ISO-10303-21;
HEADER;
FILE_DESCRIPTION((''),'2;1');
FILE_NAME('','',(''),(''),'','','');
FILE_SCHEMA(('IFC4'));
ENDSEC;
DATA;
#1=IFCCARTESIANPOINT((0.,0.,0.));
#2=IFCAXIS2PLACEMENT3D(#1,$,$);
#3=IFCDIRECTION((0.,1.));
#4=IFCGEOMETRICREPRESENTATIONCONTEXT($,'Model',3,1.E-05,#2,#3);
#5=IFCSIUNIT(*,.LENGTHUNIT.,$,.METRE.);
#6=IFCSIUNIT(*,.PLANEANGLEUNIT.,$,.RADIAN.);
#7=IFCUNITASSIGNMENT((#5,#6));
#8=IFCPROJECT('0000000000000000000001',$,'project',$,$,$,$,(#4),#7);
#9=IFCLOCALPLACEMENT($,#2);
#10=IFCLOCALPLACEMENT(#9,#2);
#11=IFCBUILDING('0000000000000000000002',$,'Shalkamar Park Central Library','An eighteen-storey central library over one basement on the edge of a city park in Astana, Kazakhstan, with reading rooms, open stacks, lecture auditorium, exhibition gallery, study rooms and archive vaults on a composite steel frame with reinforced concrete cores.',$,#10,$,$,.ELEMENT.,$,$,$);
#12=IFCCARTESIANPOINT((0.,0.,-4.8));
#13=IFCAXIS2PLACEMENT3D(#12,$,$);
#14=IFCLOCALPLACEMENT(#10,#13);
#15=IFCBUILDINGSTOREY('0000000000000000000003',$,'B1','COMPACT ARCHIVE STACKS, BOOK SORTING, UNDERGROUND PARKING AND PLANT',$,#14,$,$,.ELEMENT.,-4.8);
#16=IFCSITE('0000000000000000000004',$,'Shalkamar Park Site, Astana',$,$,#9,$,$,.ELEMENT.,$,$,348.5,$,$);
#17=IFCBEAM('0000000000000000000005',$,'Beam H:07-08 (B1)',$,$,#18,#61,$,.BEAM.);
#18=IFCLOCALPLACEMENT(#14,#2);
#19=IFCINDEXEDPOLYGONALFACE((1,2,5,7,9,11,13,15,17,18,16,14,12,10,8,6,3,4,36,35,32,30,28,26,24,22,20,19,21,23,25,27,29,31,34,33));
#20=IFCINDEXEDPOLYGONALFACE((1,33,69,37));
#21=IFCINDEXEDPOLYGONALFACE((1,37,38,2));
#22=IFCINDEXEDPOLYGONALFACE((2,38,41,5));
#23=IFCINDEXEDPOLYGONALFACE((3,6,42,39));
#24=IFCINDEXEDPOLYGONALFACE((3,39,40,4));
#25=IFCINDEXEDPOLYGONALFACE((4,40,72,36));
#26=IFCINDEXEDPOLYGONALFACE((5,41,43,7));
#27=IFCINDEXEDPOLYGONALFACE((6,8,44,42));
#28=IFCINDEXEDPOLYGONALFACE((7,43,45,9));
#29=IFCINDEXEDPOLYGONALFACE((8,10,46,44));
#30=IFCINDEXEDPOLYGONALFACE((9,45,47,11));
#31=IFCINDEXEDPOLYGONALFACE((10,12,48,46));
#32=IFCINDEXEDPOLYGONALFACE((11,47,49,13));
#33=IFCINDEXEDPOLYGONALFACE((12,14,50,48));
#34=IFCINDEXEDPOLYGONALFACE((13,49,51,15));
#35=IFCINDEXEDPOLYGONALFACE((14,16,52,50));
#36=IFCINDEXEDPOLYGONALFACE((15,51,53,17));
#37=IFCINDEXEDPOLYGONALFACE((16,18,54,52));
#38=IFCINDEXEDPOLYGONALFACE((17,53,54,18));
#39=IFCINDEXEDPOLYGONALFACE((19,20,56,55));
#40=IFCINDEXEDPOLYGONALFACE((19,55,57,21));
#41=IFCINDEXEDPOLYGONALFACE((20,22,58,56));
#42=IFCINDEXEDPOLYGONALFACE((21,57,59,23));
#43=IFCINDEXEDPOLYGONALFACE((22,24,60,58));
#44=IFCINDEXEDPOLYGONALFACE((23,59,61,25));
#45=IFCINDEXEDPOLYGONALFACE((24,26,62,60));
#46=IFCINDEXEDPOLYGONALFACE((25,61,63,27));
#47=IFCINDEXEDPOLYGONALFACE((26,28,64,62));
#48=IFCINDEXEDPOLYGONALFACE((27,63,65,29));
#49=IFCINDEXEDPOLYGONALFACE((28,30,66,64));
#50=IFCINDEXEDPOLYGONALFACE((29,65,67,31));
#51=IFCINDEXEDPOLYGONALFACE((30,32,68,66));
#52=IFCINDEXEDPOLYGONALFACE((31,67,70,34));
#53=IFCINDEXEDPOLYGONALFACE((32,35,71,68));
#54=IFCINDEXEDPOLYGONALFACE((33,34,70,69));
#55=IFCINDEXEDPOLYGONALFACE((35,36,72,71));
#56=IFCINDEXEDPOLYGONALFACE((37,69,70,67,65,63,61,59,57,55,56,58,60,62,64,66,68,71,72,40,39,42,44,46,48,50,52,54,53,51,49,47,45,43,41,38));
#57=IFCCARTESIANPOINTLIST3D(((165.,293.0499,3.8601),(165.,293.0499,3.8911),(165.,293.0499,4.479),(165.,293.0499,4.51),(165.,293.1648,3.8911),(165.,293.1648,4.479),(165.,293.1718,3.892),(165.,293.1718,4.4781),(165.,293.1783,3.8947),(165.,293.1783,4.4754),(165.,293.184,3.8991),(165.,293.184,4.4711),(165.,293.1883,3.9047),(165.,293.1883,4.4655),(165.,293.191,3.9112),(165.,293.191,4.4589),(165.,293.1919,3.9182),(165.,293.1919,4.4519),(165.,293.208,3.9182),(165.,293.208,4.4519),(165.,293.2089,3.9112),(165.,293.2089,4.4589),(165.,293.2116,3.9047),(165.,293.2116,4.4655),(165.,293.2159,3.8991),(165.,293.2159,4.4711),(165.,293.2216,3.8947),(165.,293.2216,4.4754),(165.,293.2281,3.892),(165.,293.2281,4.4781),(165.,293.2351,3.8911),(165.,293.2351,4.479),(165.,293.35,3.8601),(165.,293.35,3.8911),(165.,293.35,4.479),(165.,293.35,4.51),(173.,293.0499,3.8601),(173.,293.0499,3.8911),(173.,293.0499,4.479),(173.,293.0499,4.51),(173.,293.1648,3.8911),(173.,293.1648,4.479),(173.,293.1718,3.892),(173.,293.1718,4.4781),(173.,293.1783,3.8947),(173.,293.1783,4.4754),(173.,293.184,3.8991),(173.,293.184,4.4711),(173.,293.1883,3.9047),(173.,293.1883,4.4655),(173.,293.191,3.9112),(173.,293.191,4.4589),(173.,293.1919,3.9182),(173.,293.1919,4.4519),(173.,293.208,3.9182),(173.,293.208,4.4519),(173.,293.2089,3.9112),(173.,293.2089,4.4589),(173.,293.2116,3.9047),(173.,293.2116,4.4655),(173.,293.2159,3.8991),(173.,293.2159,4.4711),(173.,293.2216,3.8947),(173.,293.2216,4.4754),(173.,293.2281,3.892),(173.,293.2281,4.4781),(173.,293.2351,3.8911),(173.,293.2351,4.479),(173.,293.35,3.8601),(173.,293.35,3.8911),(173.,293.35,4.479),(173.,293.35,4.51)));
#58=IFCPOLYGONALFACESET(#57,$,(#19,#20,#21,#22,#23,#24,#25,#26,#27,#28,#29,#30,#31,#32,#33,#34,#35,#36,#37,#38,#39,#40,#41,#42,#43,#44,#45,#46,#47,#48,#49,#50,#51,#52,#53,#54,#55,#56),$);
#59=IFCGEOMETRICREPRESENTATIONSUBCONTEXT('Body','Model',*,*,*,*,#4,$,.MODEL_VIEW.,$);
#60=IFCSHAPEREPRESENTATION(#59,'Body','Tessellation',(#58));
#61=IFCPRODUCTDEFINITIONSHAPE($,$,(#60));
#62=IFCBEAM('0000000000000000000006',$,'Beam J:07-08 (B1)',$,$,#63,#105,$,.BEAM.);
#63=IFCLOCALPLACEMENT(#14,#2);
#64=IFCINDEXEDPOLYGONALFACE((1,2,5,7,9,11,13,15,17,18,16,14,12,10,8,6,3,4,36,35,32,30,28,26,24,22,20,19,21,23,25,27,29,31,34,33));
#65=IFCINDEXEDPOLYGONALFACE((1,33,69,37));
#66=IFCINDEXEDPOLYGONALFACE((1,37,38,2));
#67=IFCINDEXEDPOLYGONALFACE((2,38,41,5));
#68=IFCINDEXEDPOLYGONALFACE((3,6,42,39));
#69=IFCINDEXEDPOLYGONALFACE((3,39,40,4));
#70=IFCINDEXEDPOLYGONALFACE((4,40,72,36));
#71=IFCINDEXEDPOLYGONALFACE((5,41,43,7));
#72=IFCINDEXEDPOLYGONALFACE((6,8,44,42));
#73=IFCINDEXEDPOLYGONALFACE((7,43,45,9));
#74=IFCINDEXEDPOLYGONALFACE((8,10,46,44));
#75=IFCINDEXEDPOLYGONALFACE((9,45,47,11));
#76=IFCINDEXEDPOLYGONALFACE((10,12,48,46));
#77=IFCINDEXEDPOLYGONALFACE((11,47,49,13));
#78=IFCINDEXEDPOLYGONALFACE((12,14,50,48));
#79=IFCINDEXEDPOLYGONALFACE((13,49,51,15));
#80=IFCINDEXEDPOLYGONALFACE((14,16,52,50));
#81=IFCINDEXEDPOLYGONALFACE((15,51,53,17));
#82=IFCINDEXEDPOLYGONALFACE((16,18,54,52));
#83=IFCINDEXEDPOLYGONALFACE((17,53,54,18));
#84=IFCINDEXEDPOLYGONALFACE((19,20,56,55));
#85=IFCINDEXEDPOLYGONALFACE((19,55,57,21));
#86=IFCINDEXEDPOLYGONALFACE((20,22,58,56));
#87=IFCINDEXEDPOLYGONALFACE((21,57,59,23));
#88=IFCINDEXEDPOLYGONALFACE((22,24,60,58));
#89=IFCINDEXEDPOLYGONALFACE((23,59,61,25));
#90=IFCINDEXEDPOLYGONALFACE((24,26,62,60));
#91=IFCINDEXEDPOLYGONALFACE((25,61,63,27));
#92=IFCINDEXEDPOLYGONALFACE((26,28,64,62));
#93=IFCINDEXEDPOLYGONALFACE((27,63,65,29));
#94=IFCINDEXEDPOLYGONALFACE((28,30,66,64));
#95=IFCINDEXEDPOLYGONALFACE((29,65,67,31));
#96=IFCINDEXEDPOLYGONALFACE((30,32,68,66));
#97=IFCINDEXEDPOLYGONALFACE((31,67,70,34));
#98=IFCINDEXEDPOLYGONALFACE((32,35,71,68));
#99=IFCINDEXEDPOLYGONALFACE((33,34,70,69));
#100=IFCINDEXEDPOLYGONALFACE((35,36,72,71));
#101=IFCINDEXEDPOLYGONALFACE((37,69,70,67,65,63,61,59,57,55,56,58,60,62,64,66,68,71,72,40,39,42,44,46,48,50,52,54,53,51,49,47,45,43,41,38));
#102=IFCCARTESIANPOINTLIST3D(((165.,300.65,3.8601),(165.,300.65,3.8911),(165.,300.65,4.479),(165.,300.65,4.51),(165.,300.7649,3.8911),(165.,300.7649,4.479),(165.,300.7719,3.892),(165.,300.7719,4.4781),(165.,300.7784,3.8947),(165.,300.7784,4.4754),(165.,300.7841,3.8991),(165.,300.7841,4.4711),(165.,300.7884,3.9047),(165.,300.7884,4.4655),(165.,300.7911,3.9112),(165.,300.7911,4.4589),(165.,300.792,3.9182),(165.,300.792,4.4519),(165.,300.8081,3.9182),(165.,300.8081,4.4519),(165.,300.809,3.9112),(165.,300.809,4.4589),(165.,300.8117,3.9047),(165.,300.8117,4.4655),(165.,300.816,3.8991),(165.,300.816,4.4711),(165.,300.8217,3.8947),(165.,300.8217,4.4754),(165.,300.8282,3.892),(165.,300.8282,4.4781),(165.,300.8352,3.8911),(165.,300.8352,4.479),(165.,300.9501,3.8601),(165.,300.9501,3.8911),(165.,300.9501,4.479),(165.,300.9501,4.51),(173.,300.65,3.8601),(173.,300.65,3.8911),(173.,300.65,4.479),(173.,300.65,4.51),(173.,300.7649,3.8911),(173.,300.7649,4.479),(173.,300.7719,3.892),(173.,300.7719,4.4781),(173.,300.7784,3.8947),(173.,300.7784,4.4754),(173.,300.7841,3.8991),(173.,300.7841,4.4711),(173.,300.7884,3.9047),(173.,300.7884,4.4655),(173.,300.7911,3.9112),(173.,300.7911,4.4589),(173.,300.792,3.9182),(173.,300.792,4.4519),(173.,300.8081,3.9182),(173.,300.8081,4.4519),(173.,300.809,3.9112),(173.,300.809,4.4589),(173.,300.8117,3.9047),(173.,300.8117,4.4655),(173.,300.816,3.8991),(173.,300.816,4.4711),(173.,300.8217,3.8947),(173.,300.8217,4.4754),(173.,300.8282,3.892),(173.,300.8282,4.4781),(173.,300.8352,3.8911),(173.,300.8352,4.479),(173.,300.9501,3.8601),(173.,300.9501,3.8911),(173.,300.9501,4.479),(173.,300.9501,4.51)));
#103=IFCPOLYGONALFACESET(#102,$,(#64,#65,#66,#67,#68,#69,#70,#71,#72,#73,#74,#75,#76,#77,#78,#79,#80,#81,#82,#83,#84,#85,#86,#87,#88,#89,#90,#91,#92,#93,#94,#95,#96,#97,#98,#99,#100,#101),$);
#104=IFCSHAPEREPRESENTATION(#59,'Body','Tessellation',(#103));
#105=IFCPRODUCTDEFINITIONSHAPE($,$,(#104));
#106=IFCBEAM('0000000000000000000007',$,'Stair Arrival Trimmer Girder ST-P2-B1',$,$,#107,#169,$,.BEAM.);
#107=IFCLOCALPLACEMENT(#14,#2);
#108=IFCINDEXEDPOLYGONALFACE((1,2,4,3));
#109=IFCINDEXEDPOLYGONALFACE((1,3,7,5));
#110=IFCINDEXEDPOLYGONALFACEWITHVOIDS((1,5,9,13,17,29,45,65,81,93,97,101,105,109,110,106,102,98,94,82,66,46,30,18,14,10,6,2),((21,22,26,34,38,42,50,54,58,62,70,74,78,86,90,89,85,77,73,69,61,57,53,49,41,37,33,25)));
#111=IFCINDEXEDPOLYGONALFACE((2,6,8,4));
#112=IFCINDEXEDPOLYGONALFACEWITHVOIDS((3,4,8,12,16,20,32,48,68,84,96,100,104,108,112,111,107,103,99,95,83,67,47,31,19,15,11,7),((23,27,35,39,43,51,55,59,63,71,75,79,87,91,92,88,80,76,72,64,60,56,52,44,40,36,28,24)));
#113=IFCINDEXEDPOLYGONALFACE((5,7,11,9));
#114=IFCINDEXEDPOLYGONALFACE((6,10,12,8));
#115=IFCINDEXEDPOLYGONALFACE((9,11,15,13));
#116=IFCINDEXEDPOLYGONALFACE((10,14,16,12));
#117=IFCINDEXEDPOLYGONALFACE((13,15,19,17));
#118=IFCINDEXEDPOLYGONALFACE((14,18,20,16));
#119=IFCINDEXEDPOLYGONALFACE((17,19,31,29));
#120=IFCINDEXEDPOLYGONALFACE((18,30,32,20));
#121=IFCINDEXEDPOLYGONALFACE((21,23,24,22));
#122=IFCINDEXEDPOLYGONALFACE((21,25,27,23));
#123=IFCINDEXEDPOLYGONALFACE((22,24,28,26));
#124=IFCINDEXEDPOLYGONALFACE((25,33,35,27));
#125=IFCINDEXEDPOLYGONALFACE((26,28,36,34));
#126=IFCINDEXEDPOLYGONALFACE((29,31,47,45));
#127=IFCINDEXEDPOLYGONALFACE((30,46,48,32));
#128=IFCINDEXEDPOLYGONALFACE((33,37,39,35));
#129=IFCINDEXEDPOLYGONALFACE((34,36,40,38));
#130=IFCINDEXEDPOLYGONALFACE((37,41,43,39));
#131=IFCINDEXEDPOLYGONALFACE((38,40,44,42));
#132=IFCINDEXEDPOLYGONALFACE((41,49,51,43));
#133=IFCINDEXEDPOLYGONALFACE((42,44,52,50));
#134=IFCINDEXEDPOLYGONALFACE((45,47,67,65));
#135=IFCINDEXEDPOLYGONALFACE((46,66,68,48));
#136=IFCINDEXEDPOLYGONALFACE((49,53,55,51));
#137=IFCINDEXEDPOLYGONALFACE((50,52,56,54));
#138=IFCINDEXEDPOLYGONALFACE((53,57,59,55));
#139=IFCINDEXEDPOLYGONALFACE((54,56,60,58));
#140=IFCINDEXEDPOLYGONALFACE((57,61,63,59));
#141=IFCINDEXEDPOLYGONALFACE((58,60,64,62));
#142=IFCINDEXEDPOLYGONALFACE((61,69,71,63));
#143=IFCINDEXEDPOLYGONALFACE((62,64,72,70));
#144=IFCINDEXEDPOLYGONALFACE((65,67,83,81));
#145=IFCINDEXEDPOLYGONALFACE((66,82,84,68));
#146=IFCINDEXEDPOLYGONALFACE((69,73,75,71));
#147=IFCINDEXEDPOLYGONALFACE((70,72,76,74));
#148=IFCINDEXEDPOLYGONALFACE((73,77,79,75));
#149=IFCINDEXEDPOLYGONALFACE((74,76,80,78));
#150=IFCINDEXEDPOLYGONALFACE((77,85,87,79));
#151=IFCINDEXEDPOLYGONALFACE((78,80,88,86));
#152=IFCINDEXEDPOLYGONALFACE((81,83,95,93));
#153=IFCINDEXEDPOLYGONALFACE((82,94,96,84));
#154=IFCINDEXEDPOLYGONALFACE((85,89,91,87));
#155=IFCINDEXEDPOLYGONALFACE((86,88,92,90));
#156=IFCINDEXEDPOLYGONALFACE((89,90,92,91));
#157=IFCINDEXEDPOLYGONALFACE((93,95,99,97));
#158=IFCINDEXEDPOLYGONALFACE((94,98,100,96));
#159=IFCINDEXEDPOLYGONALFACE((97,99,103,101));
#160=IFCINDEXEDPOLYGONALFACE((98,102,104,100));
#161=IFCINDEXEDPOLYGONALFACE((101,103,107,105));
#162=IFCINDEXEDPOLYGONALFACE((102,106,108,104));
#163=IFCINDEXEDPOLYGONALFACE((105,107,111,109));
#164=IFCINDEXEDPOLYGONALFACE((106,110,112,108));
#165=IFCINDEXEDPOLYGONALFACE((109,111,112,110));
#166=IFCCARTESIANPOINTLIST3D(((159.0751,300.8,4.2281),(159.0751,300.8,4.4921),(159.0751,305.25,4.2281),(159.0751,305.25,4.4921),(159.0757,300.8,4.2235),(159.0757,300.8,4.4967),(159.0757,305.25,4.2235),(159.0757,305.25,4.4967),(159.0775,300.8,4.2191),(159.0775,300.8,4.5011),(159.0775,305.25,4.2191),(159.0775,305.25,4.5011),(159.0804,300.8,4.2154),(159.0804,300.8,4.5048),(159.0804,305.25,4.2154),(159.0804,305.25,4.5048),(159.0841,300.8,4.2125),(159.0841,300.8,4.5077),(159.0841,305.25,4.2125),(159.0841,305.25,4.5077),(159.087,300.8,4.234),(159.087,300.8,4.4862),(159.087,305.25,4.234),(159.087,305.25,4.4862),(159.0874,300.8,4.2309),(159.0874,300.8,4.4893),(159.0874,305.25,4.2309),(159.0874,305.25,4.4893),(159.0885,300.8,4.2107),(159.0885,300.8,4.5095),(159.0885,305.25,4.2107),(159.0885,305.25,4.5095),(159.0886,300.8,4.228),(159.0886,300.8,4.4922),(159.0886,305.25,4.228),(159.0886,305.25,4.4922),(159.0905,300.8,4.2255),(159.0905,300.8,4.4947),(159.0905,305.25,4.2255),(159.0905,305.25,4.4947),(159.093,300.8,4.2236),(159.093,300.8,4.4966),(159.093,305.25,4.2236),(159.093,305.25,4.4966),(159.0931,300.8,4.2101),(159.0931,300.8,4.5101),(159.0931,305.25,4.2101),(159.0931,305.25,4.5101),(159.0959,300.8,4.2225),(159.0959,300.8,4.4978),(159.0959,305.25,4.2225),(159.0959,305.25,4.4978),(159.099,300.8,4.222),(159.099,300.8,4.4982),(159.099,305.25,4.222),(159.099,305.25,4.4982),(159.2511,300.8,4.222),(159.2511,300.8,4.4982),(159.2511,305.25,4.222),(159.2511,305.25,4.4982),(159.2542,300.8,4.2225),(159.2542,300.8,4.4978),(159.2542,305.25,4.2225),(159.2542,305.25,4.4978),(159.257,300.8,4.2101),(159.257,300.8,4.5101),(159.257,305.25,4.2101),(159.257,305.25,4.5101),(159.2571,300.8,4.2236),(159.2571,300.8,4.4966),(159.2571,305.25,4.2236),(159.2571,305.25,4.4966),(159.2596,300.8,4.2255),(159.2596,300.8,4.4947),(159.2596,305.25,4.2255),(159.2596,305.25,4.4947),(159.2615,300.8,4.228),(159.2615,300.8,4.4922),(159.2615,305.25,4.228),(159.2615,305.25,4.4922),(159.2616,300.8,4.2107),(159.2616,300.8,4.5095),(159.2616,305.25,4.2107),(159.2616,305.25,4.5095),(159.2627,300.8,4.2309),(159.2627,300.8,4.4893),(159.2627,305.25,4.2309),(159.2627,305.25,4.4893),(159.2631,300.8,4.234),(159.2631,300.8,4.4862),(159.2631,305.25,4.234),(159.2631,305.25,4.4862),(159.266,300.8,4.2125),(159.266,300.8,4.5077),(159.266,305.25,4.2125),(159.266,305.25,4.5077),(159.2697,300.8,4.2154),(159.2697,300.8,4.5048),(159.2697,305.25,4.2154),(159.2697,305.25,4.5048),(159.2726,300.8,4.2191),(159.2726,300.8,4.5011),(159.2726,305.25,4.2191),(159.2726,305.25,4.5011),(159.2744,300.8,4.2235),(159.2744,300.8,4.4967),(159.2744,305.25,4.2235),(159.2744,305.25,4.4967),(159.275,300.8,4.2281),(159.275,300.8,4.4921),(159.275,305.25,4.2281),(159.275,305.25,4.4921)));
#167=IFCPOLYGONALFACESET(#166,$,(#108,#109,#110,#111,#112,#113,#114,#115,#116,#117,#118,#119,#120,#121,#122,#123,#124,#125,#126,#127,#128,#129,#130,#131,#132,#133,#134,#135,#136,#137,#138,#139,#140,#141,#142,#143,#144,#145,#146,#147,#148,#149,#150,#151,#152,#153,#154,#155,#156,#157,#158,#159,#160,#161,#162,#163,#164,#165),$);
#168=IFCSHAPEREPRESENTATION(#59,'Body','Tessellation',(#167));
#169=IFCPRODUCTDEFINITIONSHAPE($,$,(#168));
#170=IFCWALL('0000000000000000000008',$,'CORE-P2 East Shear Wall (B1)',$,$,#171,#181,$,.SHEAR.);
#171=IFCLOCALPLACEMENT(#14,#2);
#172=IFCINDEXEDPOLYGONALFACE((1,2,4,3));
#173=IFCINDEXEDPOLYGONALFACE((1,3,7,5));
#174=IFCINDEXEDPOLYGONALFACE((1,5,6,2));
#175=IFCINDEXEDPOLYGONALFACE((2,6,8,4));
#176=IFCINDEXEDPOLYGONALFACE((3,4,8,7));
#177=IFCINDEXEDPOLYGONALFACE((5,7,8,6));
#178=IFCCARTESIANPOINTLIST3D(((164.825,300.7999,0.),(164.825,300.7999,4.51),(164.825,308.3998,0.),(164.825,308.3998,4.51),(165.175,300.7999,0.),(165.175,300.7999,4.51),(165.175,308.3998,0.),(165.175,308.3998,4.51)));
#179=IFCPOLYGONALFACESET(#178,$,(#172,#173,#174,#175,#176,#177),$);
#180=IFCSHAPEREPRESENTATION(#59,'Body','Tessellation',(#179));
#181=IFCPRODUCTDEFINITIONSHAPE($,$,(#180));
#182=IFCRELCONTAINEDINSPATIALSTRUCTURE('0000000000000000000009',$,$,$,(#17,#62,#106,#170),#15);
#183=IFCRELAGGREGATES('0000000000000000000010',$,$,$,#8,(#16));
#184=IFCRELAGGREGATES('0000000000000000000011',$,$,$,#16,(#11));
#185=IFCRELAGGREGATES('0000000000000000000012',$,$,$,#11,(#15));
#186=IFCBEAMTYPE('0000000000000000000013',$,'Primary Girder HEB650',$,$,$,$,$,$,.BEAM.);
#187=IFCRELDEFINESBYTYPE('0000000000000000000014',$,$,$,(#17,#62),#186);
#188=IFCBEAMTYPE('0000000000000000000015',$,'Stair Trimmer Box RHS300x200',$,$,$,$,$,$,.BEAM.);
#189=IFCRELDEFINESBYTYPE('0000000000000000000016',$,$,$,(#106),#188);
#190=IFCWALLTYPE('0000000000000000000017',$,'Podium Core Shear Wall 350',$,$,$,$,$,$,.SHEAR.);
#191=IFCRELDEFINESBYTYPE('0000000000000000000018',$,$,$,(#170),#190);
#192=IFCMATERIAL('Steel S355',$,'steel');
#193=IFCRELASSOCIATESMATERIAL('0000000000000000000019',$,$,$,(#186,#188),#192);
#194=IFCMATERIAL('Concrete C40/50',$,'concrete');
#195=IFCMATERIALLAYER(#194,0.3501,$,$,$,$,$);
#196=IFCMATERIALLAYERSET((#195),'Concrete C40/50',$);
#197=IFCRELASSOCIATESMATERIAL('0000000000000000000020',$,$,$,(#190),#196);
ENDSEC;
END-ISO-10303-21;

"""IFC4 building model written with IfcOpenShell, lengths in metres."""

from ifc_helpers import new_model, si_unit, direction, frame, frame_2d, origin, origin_2d, place, context, subcontext, project, spatial, rectangle, hollow_rectangle, i_section, extrude, material, layer, layer_set, material_profile, profile_set, type_object, element, save


model = new_model("IFC4")

# Units and contexts
model_context = context("Model", 3, precision=1e-05, world=origin(), true_north=direction((0.0, 1.0)))
body_context = subcontext(model_context, "Body", "Model", "MODEL_VIEW")
ifc_project = project(units=[si_unit("LENGTHUNIT", "METRE"), si_unit("PLANEANGLEUNIT", "RADIAN")], contexts=[model_context])

# Site, building, storey
site_placement = place(None, origin())
site = spatial("IfcSite", under=ifc_project, at=site_placement, Name="Shalkamar Park Site, Astana", CompositionType="ELEMENT", RefElevation=348.5)
building_placement = place(site_placement, origin())
building = spatial("IfcBuilding", under=site, at=building_placement, Name="Shalkamar Park Central Library", Description="An eighteen-storey central library over one basement on the edge of a city park in Astana, Kazakhstan, with reading rooms, open stacks, lecture auditorium, exhibition gallery, study rooms and archive vaults on a composite steel frame with reinforced concrete cores.", CompositionType="ELEMENT")
storey_placement = place(building_placement, frame((0.0, 0.0, -4.8)))
storey = spatial("IfcBuildingStorey", under=building, at=storey_placement, Name="B1", Description="COMPACT ARCHIVE STACKS, BOOK SORTING, UNDERGROUND PARKING AND PLANT", CompositionType="ELEMENT", Elevation=-4.8)

# Shared definitions
ifc_material_1 = material(Name="Concrete C40/50", Category="concrete")
ifc_material_2 = material(Name="Steel S355", Category="steel")

# Beams
ifc_material_profile_1 = material_profile(ifc_material_2, i_section(OverallWidth=0.3, OverallDepth=0.6499, WebThickness=0.0161, FlangeThickness=0.031, FilletRadius=0.0271, at=origin_2d()), Name="HEB 650")
ifc_profile_set_1 = profile_set([ifc_material_profile_1], Name="Steel S355")
beam_type_1 = type_object("IfcBeamType", Name="Primary Girder HEB650", PredefinedType="BEAM", material=ifc_profile_set_1)
for number, where, z_axis, x_axis, name in (
    (1, (165.0, 293.2, 4.1851), (1.0, 0.0, 0.0), (0.0, 1.0, 0.0), "Beam H:07-08 (B1)"),
    (2, (165.0, 300.8, 4.1851), (1.0, 0.0, 0.0), (0.0, 1.0, 0.0), "Beam J:07-08 (B1)"),
):
    element("IfcBeam", number, at=place(storey_placement, frame(where, z_axis=z_axis, x_axis=x_axis)), inside=storey, type_object=beam_type_1, Name=name, PredefinedType="BEAM", context=body_context, shape_type="SweptSolid", body=[
        extrude(i_section(OverallWidth=0.3, OverallDepth=0.6499, WebThickness=0.0161, FlangeThickness=0.031, FilletRadius=0.0271, at=origin_2d()), origin(), (0.0, 0.0, 1.0), 8.0),
    ])
ifc_material_profile_2 = material_profile(ifc_material_2, hollow_rectangle(XDim=0.2, YDim=0.3, WallThickness=0.012, InnerFilletRadius=0.012, OuterFilletRadius=0.0181, at=origin_2d()), Name="RHS 300x200x12")
ifc_profile_set_2 = profile_set([ifc_material_profile_2], Name="Steel S355")
beam_type_2 = type_object("IfcBeamType", Name="Stair Trimmer Box RHS300x200", PredefinedType="BEAM", material=ifc_profile_set_2)
beam_1_placement = place(storey_placement, frame((159.175, 300.8, 4.3601), z_axis=(0.0, 1.0, 0.0), x_axis=(-1.0, 0.0, 0.0)))
element("IfcBeam", 3, at=beam_1_placement, inside=storey, type_object=beam_type_2, Name="Stair Arrival Trimmer Girder ST-P2-B1", PredefinedType="BEAM", context=body_context, shape_type="SweptSolid", body=[
    extrude(hollow_rectangle(XDim=0.2, YDim=0.3, WallThickness=0.012, InnerFilletRadius=0.012, OuterFilletRadius=0.0181, at=origin_2d()), origin(), (0.0, 0.0, 1.0), 4.45),
])

# Wall
ifc_layer = layer(ifc_material_1, 0.3501)
ifc_layer_set = layer_set([ifc_layer], Name="Concrete C40/50")
wall_type = type_object("IfcWallType", Name="Podium Core Shear Wall 350", PredefinedType="SHEAR", material=ifc_layer_set)
wall_placement = place(storey_placement, frame((165.0, 300.8, 0.0), z_axis=(0.0, 0.0, 1.0), x_axis=(0.0, 1.0, 0.0)))
element("IfcWall", 4, at=wall_placement, inside=storey, type_object=wall_type, Name="CORE-P2 East Shear Wall (B1)", PredefinedType="SHEAR", context=body_context, shape_type="SweptSolid", body=[
    extrude(rectangle(XDim=7.5999, YDim=0.3501, at=frame_2d((3.7998, 0.0))), origin(), (0.0, 0.0, 1.0), 4.51),
])

save(model, "model.ifc")
